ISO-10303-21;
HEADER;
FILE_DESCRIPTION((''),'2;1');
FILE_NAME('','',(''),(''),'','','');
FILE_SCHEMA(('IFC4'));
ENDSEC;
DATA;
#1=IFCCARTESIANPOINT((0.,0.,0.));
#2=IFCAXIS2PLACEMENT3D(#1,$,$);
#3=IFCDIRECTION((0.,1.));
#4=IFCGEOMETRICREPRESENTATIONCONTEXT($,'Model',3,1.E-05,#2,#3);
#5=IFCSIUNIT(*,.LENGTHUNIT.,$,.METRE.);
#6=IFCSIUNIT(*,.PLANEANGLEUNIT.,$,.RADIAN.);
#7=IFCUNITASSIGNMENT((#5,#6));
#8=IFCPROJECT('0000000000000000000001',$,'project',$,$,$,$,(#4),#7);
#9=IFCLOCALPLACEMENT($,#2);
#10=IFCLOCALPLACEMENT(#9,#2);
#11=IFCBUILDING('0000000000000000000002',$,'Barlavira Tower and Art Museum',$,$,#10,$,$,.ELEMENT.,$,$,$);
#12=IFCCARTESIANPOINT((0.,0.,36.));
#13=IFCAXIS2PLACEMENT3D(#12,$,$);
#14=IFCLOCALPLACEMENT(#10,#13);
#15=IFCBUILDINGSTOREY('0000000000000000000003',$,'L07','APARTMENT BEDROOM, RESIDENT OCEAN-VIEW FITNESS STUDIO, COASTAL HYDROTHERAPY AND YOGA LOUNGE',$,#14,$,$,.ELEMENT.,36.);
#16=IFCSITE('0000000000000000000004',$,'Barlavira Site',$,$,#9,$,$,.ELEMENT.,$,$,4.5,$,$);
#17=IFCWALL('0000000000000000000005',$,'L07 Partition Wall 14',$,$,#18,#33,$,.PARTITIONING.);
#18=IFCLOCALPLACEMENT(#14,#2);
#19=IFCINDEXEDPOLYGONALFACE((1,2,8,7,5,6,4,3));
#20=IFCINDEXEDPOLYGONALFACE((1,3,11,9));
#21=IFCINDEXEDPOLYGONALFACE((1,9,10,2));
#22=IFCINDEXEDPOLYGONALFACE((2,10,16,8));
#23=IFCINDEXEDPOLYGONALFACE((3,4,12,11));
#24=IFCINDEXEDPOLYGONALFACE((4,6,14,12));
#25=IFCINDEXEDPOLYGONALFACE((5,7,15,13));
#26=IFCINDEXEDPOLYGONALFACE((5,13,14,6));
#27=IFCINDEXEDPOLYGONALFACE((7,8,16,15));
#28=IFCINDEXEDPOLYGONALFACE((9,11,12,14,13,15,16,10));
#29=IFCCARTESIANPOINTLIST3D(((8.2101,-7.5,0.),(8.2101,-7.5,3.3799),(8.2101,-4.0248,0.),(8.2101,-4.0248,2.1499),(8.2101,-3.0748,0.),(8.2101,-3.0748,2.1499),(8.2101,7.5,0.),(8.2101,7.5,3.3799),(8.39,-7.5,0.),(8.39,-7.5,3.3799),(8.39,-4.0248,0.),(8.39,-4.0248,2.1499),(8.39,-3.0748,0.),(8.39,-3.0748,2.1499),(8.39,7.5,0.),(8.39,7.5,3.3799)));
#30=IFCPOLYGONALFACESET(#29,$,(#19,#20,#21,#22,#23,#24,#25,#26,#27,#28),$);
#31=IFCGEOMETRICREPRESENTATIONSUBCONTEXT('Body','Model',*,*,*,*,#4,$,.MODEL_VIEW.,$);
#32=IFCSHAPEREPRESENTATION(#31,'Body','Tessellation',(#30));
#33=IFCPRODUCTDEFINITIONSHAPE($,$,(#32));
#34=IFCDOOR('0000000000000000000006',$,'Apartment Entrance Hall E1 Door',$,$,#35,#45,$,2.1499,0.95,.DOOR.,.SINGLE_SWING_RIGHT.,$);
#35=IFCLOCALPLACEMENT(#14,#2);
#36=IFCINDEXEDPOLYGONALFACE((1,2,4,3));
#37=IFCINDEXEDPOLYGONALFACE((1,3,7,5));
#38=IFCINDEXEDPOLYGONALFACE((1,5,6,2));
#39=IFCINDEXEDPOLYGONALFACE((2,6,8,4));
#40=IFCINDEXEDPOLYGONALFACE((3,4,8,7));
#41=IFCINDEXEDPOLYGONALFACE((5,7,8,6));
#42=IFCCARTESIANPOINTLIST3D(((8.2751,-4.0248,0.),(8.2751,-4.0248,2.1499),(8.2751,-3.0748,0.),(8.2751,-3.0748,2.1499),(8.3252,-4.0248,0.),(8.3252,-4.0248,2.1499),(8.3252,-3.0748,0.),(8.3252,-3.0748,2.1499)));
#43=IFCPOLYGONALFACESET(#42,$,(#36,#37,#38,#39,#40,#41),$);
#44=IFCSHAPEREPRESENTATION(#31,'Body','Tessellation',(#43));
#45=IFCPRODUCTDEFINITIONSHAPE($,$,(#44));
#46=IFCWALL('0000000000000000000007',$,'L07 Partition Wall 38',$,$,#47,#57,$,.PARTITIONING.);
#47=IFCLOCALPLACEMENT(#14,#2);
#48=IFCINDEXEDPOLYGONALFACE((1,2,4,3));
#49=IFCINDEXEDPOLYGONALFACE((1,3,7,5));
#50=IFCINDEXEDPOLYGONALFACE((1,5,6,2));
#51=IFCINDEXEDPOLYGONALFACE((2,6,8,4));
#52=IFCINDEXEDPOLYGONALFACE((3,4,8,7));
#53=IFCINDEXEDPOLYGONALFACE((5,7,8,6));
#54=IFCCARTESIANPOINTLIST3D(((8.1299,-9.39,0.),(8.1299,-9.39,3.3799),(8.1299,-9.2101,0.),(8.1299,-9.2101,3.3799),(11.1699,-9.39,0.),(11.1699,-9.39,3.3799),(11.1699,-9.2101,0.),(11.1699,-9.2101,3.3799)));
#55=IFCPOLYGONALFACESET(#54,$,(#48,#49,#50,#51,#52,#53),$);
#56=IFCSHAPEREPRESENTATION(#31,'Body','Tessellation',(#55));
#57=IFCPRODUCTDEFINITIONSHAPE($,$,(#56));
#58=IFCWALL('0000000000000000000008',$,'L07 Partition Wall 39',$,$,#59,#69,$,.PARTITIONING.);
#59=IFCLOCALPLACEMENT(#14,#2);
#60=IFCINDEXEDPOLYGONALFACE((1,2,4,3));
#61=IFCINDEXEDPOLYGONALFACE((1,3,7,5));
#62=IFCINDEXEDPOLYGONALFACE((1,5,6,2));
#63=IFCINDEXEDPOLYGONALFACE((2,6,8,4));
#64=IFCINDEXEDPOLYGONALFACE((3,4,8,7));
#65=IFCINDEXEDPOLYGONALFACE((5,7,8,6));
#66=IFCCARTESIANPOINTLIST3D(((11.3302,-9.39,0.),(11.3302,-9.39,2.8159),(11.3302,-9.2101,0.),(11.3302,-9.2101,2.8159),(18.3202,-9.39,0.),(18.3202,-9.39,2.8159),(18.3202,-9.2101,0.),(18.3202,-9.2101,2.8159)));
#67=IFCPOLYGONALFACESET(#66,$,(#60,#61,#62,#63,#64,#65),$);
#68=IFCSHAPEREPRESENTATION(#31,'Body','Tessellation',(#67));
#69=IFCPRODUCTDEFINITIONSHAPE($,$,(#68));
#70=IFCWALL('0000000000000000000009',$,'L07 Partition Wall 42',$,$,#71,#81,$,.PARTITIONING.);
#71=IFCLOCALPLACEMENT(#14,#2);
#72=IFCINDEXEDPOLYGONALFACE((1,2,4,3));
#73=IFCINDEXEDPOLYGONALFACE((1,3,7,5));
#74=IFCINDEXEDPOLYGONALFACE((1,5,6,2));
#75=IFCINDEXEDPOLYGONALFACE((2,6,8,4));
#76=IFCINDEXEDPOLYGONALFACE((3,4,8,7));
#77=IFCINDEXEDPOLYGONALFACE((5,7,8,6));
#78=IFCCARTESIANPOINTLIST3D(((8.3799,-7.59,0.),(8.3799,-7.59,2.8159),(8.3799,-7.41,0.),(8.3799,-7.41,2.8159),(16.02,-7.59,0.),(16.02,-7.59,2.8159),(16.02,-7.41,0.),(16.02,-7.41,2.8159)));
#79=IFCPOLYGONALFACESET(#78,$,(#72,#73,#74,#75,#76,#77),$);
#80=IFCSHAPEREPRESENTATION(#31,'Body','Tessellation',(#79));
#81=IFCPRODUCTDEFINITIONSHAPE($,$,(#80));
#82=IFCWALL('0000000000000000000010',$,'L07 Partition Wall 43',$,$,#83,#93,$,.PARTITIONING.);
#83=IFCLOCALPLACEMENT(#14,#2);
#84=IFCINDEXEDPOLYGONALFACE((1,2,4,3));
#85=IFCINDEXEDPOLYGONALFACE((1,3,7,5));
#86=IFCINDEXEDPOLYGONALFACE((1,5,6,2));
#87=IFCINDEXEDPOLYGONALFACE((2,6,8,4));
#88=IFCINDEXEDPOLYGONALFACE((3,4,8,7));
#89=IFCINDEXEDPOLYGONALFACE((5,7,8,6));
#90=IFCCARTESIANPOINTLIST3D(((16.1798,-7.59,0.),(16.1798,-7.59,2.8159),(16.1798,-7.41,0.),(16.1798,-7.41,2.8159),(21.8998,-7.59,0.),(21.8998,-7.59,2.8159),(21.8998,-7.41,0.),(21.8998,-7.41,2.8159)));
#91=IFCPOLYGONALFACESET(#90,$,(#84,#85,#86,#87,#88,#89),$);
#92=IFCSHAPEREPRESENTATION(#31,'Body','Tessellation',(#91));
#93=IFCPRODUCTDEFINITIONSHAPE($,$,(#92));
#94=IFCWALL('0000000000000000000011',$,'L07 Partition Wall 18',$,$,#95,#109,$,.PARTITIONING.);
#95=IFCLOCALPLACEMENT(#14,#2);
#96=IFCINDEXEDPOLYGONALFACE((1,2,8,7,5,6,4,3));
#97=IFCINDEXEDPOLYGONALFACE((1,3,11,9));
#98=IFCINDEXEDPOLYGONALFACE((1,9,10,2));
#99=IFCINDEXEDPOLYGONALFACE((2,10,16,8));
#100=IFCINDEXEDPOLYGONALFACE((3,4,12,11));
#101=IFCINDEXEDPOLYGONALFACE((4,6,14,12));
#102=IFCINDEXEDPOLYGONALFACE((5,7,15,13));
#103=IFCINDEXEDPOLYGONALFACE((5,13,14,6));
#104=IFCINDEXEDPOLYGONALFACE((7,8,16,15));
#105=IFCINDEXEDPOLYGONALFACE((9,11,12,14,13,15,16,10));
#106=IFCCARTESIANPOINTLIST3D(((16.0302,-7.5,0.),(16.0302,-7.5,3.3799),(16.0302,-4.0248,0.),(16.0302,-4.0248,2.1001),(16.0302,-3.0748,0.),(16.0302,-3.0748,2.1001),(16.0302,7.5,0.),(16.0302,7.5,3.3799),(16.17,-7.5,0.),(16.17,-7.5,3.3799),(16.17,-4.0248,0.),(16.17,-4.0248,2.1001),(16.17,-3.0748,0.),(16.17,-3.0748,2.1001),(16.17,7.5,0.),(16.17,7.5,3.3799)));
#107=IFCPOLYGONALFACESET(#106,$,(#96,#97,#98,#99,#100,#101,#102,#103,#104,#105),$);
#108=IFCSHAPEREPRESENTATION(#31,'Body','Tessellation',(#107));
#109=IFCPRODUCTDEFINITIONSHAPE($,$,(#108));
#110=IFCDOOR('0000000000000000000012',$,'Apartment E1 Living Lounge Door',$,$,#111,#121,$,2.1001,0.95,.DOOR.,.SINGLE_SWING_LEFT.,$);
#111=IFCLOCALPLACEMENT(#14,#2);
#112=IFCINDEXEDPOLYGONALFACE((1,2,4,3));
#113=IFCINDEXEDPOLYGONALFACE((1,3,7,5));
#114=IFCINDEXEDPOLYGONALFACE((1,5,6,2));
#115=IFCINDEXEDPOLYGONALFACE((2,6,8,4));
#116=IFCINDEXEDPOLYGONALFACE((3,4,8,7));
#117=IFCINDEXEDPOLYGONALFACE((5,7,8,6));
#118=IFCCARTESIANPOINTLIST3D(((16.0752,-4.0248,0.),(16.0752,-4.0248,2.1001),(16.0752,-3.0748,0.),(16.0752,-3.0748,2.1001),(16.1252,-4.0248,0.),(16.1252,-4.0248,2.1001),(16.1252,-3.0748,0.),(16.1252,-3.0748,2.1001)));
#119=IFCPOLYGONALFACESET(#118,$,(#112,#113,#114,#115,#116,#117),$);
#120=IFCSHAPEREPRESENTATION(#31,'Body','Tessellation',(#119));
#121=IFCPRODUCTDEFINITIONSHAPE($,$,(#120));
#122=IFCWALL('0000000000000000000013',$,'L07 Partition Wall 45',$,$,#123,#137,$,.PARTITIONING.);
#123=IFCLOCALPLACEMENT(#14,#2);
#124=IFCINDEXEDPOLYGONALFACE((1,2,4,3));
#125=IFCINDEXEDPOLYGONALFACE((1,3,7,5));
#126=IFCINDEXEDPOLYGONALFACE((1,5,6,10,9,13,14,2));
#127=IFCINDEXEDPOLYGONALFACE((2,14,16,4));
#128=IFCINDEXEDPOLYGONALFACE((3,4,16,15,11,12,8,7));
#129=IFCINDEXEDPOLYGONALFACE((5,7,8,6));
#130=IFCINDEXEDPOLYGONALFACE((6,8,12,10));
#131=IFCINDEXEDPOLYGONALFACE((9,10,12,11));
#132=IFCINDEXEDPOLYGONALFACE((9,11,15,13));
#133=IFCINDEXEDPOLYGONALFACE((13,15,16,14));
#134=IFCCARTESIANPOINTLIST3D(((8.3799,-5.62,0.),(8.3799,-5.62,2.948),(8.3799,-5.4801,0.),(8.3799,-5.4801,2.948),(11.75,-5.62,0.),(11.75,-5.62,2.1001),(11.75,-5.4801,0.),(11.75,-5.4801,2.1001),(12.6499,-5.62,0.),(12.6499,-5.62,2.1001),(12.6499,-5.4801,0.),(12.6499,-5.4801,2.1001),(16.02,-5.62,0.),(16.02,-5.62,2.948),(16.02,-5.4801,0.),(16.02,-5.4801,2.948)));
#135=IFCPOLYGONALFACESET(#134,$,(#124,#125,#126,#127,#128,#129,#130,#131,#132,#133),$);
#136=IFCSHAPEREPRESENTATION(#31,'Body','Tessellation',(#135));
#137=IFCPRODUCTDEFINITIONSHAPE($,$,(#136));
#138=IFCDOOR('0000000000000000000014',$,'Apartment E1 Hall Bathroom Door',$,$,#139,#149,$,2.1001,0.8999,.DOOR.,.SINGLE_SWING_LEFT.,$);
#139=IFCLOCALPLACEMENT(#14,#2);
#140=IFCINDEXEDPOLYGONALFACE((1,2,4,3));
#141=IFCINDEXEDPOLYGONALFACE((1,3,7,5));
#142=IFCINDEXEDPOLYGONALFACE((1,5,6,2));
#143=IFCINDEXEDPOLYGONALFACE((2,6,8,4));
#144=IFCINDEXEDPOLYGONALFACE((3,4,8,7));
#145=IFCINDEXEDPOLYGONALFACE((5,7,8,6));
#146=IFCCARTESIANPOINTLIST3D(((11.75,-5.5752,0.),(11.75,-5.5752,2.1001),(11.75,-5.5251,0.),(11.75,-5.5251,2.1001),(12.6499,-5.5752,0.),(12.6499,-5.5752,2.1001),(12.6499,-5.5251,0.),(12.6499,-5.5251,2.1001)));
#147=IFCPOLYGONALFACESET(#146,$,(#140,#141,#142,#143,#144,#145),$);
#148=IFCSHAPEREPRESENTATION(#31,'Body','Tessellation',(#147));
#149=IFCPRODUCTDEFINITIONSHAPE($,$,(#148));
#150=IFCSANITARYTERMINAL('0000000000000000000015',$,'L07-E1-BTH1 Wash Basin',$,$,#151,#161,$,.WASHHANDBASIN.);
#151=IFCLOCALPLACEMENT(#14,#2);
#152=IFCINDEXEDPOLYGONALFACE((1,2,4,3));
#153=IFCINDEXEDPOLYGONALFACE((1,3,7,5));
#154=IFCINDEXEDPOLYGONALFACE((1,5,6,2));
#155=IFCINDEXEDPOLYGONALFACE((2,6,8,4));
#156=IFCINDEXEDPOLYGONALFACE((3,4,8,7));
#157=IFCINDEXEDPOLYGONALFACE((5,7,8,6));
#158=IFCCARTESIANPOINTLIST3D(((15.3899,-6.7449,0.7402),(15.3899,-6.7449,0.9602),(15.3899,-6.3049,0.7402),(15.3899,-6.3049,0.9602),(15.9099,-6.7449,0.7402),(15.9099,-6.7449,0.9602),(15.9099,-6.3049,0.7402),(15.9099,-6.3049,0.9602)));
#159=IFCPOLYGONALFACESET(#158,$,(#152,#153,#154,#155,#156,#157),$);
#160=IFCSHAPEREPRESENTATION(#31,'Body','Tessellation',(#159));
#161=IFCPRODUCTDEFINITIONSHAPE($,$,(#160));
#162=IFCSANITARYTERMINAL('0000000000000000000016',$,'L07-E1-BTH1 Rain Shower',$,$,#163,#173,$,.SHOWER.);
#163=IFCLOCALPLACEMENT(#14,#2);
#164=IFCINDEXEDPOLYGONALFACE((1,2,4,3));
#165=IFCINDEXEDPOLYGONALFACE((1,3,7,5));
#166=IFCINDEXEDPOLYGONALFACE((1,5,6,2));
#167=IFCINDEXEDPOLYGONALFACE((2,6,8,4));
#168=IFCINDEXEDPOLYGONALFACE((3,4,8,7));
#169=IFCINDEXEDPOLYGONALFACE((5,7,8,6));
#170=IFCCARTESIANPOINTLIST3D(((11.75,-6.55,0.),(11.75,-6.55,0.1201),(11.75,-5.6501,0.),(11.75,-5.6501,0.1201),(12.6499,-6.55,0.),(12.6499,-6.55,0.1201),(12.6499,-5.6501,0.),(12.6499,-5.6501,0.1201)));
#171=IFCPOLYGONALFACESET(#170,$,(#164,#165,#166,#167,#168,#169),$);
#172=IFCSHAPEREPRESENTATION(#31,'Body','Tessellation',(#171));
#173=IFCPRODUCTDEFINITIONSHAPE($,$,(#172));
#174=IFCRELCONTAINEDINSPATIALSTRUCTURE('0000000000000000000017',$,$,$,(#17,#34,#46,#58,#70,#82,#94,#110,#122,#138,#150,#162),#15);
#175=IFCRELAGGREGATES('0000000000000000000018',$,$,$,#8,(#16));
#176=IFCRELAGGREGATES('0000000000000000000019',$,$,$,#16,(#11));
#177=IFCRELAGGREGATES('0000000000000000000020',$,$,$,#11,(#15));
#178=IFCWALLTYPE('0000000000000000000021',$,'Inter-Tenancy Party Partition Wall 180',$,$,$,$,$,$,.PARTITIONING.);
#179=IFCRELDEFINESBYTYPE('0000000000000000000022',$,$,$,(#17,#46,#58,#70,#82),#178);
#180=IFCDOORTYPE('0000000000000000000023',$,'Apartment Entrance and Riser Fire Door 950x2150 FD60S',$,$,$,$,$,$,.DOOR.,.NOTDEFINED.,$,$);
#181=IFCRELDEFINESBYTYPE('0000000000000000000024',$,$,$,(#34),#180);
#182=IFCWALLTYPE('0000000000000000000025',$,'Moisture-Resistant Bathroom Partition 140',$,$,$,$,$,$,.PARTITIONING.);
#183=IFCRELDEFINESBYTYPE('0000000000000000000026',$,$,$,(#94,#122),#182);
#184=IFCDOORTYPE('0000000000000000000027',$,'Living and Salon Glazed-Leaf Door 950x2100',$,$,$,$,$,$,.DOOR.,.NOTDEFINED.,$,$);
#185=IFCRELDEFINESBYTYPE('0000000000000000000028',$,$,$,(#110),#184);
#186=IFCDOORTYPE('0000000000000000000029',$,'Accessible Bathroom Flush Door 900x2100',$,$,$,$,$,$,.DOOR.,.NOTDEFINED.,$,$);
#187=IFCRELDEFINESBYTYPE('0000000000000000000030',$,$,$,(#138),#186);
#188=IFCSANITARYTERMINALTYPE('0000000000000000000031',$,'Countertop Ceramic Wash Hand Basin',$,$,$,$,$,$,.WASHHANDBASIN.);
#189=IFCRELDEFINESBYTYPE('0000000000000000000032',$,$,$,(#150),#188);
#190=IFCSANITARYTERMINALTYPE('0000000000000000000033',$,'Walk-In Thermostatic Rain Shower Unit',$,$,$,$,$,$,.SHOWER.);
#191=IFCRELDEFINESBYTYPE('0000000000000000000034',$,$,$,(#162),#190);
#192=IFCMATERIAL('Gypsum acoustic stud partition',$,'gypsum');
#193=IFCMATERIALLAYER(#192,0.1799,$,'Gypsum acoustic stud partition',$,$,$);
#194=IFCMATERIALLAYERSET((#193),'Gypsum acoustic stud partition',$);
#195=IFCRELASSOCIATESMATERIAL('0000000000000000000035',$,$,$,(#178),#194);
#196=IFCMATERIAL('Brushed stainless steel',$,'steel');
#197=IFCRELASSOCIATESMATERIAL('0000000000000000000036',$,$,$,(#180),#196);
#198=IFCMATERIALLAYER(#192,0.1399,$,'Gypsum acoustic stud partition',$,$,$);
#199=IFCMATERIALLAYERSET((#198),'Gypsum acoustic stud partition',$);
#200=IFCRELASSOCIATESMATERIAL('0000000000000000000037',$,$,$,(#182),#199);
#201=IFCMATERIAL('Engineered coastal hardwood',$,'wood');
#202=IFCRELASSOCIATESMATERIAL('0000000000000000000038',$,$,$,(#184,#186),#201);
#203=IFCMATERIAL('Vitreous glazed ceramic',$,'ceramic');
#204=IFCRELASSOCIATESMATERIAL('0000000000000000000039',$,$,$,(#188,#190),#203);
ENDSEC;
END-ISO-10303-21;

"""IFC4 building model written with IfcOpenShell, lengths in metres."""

from ifc_helpers import new_model, si_unit, direction, frame, frame_2d, origin, origin_2d, place, context, subcontext, project, spatial, rectangle, extrude, material, layer, layer_set, type_object, element, fill, save


model = new_model("IFC4")

# Units and contexts
model_context = context("Model", 3, precision=1e-05, world=origin(), true_north=direction((0.0, 1.0)))
body_context = subcontext(model_context, "Body", "Model", "MODEL_VIEW")
ifc_project = project(units=[si_unit("LENGTHUNIT", "METRE"), si_unit("PLANEANGLEUNIT", "RADIAN")], contexts=[model_context])

# Site, building, storey
site_placement = place(None, origin())
site = spatial("IfcSite", under=ifc_project, at=site_placement, Name="Barlavira Site", CompositionType="ELEMENT", RefElevation=4.5)
building_placement = place(site_placement, origin())
building = spatial("IfcBuilding", under=site, at=building_placement, Name="Barlavira Tower and Art Museum", CompositionType="ELEMENT")
storey_placement = place(building_placement, frame((0.0, 0.0, 36.0)))
storey = spatial("IfcBuildingStorey", under=building, at=storey_placement, Name="L07", Description="APARTMENT BEDROOM, RESIDENT OCEAN-VIEW FITNESS STUDIO, COASTAL HYDROTHERAPY AND YOGA LOUNGE", CompositionType="ELEMENT", Elevation=36.0)

# Wall, opening, door
ifc_material_1 = material(Name="Gypsum acoustic stud partition", Category="gypsum")
ifc_layer_1 = layer(ifc_material_1, 0.1799, Name="Gypsum acoustic stud partition")
ifc_layer_set_1 = layer_set([ifc_layer_1], Name="Gypsum acoustic stud partition")
wall_type_1 = type_object("IfcWallType", Name="Inter-Tenancy Party Partition Wall 180", PredefinedType="PARTITIONING", material=ifc_layer_set_1)
wall_1_placement = place(storey_placement, frame((8.3, -7.5, 0.0), z_axis=(0.0, 0.0, 1.0), x_axis=(0.0, 1.0, 0.0)))
wall_1 = element("IfcWall", 1, at=wall_1_placement, inside=storey, type_object=wall_type_1, Name="L07 Partition Wall 14", PredefinedType="PARTITIONING", context=body_context, shape_type="SweptSolid", body=[
    extrude(rectangle(XDim=15.0, YDim=0.1799, at=frame_2d((7.5, 0.0))), origin(), (0.0, 0.0, 1.0), 3.3799),
])
opening_1_placement = place(wall_1_placement, frame((3.4751, 0.0, 0.0)))
opening_1 = element("IfcOpeningElement", 2, at=opening_1_placement, cuts=wall_1, PredefinedType="OPENING", context=body_context, shape_type="SweptSolid", body=[
    extrude(rectangle(XDim=0.95, YDim=2.1499, at=frame_2d((0.4751, 1.075))), frame((0.0, 0.1001, 0.0), z_axis=(0.0, -1.0, 0.0), x_axis=(1.0, 0.0, 0.0)), (0.0, 0.0, 1.0), 0.2),
])
ifc_material_2 = material(Name="Brushed stainless steel", Category="steel")
door_type_1 = type_object("IfcDoorType", Name="Apartment Entrance and Riser Fire Door 950x2150 FD60S", OperationType="NOTDEFINED", PredefinedType="DOOR", material=ifc_material_2)
door_1_placement = place(opening_1_placement, origin())
door_1 = element("IfcDoor", 3, at=door_1_placement, inside=storey, type_object=door_type_1, Name="Apartment Entrance Hall E1 Door", OperationType="SINGLE_SWING_RIGHT", OverallHeight=2.1499, OverallWidth=0.95, PredefinedType="DOOR", context=body_context, shape_type="SweptSolid", body=[
    extrude(rectangle(XDim=0.95, YDim=2.1499, at=frame_2d((0.4751, 1.075))), frame((0.0, 0.0249, 0.0), z_axis=(0.0, -1.0, 0.0), x_axis=(1.0, 0.0, 0.0)), (0.0, 0.0, 1.0), 0.05),
])
fill(opening_1, door_1)

# Walls
wall_2_placement = place(storey_placement, frame((8.1299, -9.3, 0.0), z_axis=(0.0, 0.0, 1.0), x_axis=(1.0, 0.0, 0.0)))
element("IfcWall", 4, at=wall_2_placement, inside=storey, type_object=wall_type_1, Name="L07 Partition Wall 38", PredefinedType="PARTITIONING", context=body_context, shape_type="SweptSolid", body=[
    extrude(rectangle(XDim=3.04, YDim=0.1799, at=frame_2d((1.52, 0.0))), origin(), (0.0, 0.0, 1.0), 3.3799),
])
wall_3_placement = place(storey_placement, frame((11.3301, -9.3, 0.0), z_axis=(0.0, 0.0, 1.0), x_axis=(1.0, 0.0, 0.0)))
element("IfcWall", 5, at=wall_3_placement, inside=storey, type_object=wall_type_1, Name="L07 Partition Wall 39", PredefinedType="PARTITIONING", context=body_context, shape_type="SweptSolid", body=[
    extrude(rectangle(XDim=6.99, YDim=0.1799, at=frame_2d((3.4951, 0.0))), origin(), (0.0, 0.0, 1.0), 2.8159),
])
wall_4_placement = place(storey_placement, frame((8.3799, -7.5, 0.0), z_axis=(0.0, 0.0, 1.0), x_axis=(1.0, 0.0, 0.0)))
element("IfcWall", 6, at=wall_4_placement, inside=storey, type_object=wall_type_1, Name="L07 Partition Wall 42", PredefinedType="PARTITIONING", context=body_context, shape_type="SweptSolid", body=[
    extrude(rectangle(XDim=7.6401, YDim=0.1799, at=frame_2d((3.8201, 0.0))), origin(), (0.0, 0.0, 1.0), 2.8159),
])
wall_5_placement = place(storey_placement, frame((16.1799, -7.5, 0.0), z_axis=(0.0, 0.0, 1.0), x_axis=(1.0, 0.0, 0.0)))
element("IfcWall", 7, at=wall_5_placement, inside=storey, type_object=wall_type_1, Name="L07 Partition Wall 43", PredefinedType="PARTITIONING", context=body_context, shape_type="SweptSolid", body=[
    extrude(rectangle(XDim=5.72, YDim=0.1799, at=frame_2d((2.8599, 0.0))), origin(), (0.0, 0.0, 1.0), 2.8159),
])

# Walls, openings, doors
ifc_layer_2 = layer(ifc_material_1, 0.1399, Name="Gypsum acoustic stud partition")
ifc_layer_set_2 = layer_set([ifc_layer_2], Name="Gypsum acoustic stud partition")
wall_type_2 = type_object("IfcWallType", Name="Moisture-Resistant Bathroom Partition 140", PredefinedType="PARTITIONING", material=ifc_layer_set_2)
wall_6_placement = place(storey_placement, frame((16.1001, -7.5, 0.0), z_axis=(0.0, 0.0, 1.0), x_axis=(0.0, 1.0, 0.0)))
wall_6 = element("IfcWall", 8, at=wall_6_placement, inside=storey, type_object=wall_type_2, Name="L07 Partition Wall 18", PredefinedType="PARTITIONING", context=body_context, shape_type="SweptSolid", body=[
    extrude(rectangle(XDim=15.0, YDim=0.1399, at=frame_2d((7.5, 0.0))), origin(), (0.0, 0.0, 1.0), 3.3799),
])
opening_2_placement = place(wall_6_placement, frame((3.4751, 0.0, 0.0)))
opening_2 = element("IfcOpeningElement", 9, at=opening_2_placement, cuts=wall_6, PredefinedType="OPENING", context=body_context, shape_type="SweptSolid", body=[
    extrude(rectangle(XDim=0.95, YDim=2.1001, at=frame_2d((0.4751, 1.05))), frame((0.0, 0.0801, 0.0), z_axis=(0.0, -1.0, 0.0), x_axis=(1.0, 0.0, 0.0)), (0.0, 0.0, 1.0), 0.1599),
])
ifc_material_3 = material(Name="Engineered coastal hardwood", Category="wood")
door_type_2 = type_object("IfcDoorType", Name="Living and Salon Glazed-Leaf Door 950x2100", OperationType="NOTDEFINED", PredefinedType="DOOR", material=ifc_material_3)
door_2_placement = place(opening_2_placement, origin())
door_2 = element("IfcDoor", 10, at=door_2_placement, inside=storey, type_object=door_type_2, Name="Apartment E1 Living Lounge Door", OperationType="SINGLE_SWING_LEFT", OverallHeight=2.1001, OverallWidth=0.95, PredefinedType="DOOR", context=body_context, shape_type="SweptSolid", body=[
    extrude(rectangle(XDim=0.95, YDim=2.1001, at=frame_2d((0.4751, 1.05))), frame((0.0, 0.0249, 0.0), z_axis=(0.0, -1.0, 0.0), x_axis=(1.0, 0.0, 0.0)), (0.0, 0.0, 1.0), 0.05),
])
fill(opening_2, door_2)
wall_7_placement = place(storey_placement, frame((8.3799, -5.55, 0.0), z_axis=(0.0, 0.0, 1.0), x_axis=(1.0, 0.0, 0.0)))
wall_7 = element("IfcWall", 11, at=wall_7_placement, inside=storey, type_object=wall_type_2, Name="L07 Partition Wall 45", PredefinedType="PARTITIONING", context=body_context, shape_type="SweptSolid", body=[
    extrude(rectangle(XDim=7.6401, YDim=0.1399, at=frame_2d((3.8201, 0.0))), origin(), (0.0, 0.0, 1.0), 2.948),
])
opening_3_placement = place(wall_7_placement, frame((3.3701, 0.0, 0.0)))
opening_3 = element("IfcOpeningElement", 12, at=opening_3_placement, cuts=wall_7, PredefinedType="OPENING", context=body_context, shape_type="SweptSolid", body=[
    extrude(rectangle(XDim=0.8999, YDim=2.1001, at=frame_2d((0.45, 1.05))), frame((0.0, 0.0801, 0.0), z_axis=(0.0, -1.0, 0.0), x_axis=(1.0, 0.0, 0.0)), (0.0, 0.0, 1.0), 0.1599),
])
door_type_3 = type_object("IfcDoorType", Name="Accessible Bathroom Flush Door 900x2100", OperationType="NOTDEFINED", PredefinedType="DOOR", material=ifc_material_3)
door_3_placement = place(opening_3_placement, origin())
door_3 = element("IfcDoor", 13, at=door_3_placement, inside=storey, type_object=door_type_3, Name="Apartment E1 Hall Bathroom Door", OperationType="SINGLE_SWING_LEFT", OverallHeight=2.1001, OverallWidth=0.8999, PredefinedType="DOOR", context=body_context, shape_type="SweptSolid", body=[
    extrude(rectangle(XDim=0.8999, YDim=2.1001, at=frame_2d((0.45, 1.05))), frame((0.0, 0.0249, 0.0), z_axis=(0.0, -1.0, 0.0), x_axis=(1.0, 0.0, 0.0)), (0.0, 0.0, 1.0), 0.05),
])
fill(opening_3, door_3)

# Sanitary terminals
ifc_material_4 = material(Name="Vitreous glazed ceramic", Category="ceramic")
sanitary_terminal_type_1 = type_object("IfcSanitaryTerminalType", Name="Countertop Ceramic Wash Hand Basin", PredefinedType="WASHHANDBASIN", material=ifc_material_4)
sanitary_terminal_1_placement = place(storey_placement, frame((15.6499, -6.5249, 0.7402), z_axis=(0.0, 0.0, 1.0), x_axis=(1.0, 0.0, 0.0)))
element("IfcSanitaryTerminal", 14, at=sanitary_terminal_1_placement, inside=storey, type_object=sanitary_terminal_type_1, Name="L07-E1-BTH1 Wash Basin", PredefinedType="WASHHANDBASIN", context=body_context, shape_type="SweptSolid", body=[
    extrude(rectangle(XDim=0.52, YDim=0.4399, at=origin_2d()), origin(), (0.0, 0.0, 1.0), 0.22),
])
sanitary_terminal_type_2 = type_object("IfcSanitaryTerminalType", Name="Walk-In Thermostatic Rain Shower Unit", PredefinedType="SHOWER", material=ifc_material_4)
sanitary_terminal_2_placement = place(storey_placement, frame((12.2, -6.1001, 0.0), z_axis=(0.0, 0.0, 1.0), x_axis=(1.0, 0.0, 0.0)))
element("IfcSanitaryTerminal", 15, at=sanitary_terminal_2_placement, inside=storey, type_object=sanitary_terminal_type_2, Name="L07-E1-BTH1 Rain Shower", PredefinedType="SHOWER", context=body_context, shape_type="SweptSolid", body=[
    extrude(rectangle(XDim=0.8999, YDim=0.8999, at=origin_2d()), origin(), (0.0, 0.0, 1.0), 0.1201),
])

save(model, "model.ifc")
